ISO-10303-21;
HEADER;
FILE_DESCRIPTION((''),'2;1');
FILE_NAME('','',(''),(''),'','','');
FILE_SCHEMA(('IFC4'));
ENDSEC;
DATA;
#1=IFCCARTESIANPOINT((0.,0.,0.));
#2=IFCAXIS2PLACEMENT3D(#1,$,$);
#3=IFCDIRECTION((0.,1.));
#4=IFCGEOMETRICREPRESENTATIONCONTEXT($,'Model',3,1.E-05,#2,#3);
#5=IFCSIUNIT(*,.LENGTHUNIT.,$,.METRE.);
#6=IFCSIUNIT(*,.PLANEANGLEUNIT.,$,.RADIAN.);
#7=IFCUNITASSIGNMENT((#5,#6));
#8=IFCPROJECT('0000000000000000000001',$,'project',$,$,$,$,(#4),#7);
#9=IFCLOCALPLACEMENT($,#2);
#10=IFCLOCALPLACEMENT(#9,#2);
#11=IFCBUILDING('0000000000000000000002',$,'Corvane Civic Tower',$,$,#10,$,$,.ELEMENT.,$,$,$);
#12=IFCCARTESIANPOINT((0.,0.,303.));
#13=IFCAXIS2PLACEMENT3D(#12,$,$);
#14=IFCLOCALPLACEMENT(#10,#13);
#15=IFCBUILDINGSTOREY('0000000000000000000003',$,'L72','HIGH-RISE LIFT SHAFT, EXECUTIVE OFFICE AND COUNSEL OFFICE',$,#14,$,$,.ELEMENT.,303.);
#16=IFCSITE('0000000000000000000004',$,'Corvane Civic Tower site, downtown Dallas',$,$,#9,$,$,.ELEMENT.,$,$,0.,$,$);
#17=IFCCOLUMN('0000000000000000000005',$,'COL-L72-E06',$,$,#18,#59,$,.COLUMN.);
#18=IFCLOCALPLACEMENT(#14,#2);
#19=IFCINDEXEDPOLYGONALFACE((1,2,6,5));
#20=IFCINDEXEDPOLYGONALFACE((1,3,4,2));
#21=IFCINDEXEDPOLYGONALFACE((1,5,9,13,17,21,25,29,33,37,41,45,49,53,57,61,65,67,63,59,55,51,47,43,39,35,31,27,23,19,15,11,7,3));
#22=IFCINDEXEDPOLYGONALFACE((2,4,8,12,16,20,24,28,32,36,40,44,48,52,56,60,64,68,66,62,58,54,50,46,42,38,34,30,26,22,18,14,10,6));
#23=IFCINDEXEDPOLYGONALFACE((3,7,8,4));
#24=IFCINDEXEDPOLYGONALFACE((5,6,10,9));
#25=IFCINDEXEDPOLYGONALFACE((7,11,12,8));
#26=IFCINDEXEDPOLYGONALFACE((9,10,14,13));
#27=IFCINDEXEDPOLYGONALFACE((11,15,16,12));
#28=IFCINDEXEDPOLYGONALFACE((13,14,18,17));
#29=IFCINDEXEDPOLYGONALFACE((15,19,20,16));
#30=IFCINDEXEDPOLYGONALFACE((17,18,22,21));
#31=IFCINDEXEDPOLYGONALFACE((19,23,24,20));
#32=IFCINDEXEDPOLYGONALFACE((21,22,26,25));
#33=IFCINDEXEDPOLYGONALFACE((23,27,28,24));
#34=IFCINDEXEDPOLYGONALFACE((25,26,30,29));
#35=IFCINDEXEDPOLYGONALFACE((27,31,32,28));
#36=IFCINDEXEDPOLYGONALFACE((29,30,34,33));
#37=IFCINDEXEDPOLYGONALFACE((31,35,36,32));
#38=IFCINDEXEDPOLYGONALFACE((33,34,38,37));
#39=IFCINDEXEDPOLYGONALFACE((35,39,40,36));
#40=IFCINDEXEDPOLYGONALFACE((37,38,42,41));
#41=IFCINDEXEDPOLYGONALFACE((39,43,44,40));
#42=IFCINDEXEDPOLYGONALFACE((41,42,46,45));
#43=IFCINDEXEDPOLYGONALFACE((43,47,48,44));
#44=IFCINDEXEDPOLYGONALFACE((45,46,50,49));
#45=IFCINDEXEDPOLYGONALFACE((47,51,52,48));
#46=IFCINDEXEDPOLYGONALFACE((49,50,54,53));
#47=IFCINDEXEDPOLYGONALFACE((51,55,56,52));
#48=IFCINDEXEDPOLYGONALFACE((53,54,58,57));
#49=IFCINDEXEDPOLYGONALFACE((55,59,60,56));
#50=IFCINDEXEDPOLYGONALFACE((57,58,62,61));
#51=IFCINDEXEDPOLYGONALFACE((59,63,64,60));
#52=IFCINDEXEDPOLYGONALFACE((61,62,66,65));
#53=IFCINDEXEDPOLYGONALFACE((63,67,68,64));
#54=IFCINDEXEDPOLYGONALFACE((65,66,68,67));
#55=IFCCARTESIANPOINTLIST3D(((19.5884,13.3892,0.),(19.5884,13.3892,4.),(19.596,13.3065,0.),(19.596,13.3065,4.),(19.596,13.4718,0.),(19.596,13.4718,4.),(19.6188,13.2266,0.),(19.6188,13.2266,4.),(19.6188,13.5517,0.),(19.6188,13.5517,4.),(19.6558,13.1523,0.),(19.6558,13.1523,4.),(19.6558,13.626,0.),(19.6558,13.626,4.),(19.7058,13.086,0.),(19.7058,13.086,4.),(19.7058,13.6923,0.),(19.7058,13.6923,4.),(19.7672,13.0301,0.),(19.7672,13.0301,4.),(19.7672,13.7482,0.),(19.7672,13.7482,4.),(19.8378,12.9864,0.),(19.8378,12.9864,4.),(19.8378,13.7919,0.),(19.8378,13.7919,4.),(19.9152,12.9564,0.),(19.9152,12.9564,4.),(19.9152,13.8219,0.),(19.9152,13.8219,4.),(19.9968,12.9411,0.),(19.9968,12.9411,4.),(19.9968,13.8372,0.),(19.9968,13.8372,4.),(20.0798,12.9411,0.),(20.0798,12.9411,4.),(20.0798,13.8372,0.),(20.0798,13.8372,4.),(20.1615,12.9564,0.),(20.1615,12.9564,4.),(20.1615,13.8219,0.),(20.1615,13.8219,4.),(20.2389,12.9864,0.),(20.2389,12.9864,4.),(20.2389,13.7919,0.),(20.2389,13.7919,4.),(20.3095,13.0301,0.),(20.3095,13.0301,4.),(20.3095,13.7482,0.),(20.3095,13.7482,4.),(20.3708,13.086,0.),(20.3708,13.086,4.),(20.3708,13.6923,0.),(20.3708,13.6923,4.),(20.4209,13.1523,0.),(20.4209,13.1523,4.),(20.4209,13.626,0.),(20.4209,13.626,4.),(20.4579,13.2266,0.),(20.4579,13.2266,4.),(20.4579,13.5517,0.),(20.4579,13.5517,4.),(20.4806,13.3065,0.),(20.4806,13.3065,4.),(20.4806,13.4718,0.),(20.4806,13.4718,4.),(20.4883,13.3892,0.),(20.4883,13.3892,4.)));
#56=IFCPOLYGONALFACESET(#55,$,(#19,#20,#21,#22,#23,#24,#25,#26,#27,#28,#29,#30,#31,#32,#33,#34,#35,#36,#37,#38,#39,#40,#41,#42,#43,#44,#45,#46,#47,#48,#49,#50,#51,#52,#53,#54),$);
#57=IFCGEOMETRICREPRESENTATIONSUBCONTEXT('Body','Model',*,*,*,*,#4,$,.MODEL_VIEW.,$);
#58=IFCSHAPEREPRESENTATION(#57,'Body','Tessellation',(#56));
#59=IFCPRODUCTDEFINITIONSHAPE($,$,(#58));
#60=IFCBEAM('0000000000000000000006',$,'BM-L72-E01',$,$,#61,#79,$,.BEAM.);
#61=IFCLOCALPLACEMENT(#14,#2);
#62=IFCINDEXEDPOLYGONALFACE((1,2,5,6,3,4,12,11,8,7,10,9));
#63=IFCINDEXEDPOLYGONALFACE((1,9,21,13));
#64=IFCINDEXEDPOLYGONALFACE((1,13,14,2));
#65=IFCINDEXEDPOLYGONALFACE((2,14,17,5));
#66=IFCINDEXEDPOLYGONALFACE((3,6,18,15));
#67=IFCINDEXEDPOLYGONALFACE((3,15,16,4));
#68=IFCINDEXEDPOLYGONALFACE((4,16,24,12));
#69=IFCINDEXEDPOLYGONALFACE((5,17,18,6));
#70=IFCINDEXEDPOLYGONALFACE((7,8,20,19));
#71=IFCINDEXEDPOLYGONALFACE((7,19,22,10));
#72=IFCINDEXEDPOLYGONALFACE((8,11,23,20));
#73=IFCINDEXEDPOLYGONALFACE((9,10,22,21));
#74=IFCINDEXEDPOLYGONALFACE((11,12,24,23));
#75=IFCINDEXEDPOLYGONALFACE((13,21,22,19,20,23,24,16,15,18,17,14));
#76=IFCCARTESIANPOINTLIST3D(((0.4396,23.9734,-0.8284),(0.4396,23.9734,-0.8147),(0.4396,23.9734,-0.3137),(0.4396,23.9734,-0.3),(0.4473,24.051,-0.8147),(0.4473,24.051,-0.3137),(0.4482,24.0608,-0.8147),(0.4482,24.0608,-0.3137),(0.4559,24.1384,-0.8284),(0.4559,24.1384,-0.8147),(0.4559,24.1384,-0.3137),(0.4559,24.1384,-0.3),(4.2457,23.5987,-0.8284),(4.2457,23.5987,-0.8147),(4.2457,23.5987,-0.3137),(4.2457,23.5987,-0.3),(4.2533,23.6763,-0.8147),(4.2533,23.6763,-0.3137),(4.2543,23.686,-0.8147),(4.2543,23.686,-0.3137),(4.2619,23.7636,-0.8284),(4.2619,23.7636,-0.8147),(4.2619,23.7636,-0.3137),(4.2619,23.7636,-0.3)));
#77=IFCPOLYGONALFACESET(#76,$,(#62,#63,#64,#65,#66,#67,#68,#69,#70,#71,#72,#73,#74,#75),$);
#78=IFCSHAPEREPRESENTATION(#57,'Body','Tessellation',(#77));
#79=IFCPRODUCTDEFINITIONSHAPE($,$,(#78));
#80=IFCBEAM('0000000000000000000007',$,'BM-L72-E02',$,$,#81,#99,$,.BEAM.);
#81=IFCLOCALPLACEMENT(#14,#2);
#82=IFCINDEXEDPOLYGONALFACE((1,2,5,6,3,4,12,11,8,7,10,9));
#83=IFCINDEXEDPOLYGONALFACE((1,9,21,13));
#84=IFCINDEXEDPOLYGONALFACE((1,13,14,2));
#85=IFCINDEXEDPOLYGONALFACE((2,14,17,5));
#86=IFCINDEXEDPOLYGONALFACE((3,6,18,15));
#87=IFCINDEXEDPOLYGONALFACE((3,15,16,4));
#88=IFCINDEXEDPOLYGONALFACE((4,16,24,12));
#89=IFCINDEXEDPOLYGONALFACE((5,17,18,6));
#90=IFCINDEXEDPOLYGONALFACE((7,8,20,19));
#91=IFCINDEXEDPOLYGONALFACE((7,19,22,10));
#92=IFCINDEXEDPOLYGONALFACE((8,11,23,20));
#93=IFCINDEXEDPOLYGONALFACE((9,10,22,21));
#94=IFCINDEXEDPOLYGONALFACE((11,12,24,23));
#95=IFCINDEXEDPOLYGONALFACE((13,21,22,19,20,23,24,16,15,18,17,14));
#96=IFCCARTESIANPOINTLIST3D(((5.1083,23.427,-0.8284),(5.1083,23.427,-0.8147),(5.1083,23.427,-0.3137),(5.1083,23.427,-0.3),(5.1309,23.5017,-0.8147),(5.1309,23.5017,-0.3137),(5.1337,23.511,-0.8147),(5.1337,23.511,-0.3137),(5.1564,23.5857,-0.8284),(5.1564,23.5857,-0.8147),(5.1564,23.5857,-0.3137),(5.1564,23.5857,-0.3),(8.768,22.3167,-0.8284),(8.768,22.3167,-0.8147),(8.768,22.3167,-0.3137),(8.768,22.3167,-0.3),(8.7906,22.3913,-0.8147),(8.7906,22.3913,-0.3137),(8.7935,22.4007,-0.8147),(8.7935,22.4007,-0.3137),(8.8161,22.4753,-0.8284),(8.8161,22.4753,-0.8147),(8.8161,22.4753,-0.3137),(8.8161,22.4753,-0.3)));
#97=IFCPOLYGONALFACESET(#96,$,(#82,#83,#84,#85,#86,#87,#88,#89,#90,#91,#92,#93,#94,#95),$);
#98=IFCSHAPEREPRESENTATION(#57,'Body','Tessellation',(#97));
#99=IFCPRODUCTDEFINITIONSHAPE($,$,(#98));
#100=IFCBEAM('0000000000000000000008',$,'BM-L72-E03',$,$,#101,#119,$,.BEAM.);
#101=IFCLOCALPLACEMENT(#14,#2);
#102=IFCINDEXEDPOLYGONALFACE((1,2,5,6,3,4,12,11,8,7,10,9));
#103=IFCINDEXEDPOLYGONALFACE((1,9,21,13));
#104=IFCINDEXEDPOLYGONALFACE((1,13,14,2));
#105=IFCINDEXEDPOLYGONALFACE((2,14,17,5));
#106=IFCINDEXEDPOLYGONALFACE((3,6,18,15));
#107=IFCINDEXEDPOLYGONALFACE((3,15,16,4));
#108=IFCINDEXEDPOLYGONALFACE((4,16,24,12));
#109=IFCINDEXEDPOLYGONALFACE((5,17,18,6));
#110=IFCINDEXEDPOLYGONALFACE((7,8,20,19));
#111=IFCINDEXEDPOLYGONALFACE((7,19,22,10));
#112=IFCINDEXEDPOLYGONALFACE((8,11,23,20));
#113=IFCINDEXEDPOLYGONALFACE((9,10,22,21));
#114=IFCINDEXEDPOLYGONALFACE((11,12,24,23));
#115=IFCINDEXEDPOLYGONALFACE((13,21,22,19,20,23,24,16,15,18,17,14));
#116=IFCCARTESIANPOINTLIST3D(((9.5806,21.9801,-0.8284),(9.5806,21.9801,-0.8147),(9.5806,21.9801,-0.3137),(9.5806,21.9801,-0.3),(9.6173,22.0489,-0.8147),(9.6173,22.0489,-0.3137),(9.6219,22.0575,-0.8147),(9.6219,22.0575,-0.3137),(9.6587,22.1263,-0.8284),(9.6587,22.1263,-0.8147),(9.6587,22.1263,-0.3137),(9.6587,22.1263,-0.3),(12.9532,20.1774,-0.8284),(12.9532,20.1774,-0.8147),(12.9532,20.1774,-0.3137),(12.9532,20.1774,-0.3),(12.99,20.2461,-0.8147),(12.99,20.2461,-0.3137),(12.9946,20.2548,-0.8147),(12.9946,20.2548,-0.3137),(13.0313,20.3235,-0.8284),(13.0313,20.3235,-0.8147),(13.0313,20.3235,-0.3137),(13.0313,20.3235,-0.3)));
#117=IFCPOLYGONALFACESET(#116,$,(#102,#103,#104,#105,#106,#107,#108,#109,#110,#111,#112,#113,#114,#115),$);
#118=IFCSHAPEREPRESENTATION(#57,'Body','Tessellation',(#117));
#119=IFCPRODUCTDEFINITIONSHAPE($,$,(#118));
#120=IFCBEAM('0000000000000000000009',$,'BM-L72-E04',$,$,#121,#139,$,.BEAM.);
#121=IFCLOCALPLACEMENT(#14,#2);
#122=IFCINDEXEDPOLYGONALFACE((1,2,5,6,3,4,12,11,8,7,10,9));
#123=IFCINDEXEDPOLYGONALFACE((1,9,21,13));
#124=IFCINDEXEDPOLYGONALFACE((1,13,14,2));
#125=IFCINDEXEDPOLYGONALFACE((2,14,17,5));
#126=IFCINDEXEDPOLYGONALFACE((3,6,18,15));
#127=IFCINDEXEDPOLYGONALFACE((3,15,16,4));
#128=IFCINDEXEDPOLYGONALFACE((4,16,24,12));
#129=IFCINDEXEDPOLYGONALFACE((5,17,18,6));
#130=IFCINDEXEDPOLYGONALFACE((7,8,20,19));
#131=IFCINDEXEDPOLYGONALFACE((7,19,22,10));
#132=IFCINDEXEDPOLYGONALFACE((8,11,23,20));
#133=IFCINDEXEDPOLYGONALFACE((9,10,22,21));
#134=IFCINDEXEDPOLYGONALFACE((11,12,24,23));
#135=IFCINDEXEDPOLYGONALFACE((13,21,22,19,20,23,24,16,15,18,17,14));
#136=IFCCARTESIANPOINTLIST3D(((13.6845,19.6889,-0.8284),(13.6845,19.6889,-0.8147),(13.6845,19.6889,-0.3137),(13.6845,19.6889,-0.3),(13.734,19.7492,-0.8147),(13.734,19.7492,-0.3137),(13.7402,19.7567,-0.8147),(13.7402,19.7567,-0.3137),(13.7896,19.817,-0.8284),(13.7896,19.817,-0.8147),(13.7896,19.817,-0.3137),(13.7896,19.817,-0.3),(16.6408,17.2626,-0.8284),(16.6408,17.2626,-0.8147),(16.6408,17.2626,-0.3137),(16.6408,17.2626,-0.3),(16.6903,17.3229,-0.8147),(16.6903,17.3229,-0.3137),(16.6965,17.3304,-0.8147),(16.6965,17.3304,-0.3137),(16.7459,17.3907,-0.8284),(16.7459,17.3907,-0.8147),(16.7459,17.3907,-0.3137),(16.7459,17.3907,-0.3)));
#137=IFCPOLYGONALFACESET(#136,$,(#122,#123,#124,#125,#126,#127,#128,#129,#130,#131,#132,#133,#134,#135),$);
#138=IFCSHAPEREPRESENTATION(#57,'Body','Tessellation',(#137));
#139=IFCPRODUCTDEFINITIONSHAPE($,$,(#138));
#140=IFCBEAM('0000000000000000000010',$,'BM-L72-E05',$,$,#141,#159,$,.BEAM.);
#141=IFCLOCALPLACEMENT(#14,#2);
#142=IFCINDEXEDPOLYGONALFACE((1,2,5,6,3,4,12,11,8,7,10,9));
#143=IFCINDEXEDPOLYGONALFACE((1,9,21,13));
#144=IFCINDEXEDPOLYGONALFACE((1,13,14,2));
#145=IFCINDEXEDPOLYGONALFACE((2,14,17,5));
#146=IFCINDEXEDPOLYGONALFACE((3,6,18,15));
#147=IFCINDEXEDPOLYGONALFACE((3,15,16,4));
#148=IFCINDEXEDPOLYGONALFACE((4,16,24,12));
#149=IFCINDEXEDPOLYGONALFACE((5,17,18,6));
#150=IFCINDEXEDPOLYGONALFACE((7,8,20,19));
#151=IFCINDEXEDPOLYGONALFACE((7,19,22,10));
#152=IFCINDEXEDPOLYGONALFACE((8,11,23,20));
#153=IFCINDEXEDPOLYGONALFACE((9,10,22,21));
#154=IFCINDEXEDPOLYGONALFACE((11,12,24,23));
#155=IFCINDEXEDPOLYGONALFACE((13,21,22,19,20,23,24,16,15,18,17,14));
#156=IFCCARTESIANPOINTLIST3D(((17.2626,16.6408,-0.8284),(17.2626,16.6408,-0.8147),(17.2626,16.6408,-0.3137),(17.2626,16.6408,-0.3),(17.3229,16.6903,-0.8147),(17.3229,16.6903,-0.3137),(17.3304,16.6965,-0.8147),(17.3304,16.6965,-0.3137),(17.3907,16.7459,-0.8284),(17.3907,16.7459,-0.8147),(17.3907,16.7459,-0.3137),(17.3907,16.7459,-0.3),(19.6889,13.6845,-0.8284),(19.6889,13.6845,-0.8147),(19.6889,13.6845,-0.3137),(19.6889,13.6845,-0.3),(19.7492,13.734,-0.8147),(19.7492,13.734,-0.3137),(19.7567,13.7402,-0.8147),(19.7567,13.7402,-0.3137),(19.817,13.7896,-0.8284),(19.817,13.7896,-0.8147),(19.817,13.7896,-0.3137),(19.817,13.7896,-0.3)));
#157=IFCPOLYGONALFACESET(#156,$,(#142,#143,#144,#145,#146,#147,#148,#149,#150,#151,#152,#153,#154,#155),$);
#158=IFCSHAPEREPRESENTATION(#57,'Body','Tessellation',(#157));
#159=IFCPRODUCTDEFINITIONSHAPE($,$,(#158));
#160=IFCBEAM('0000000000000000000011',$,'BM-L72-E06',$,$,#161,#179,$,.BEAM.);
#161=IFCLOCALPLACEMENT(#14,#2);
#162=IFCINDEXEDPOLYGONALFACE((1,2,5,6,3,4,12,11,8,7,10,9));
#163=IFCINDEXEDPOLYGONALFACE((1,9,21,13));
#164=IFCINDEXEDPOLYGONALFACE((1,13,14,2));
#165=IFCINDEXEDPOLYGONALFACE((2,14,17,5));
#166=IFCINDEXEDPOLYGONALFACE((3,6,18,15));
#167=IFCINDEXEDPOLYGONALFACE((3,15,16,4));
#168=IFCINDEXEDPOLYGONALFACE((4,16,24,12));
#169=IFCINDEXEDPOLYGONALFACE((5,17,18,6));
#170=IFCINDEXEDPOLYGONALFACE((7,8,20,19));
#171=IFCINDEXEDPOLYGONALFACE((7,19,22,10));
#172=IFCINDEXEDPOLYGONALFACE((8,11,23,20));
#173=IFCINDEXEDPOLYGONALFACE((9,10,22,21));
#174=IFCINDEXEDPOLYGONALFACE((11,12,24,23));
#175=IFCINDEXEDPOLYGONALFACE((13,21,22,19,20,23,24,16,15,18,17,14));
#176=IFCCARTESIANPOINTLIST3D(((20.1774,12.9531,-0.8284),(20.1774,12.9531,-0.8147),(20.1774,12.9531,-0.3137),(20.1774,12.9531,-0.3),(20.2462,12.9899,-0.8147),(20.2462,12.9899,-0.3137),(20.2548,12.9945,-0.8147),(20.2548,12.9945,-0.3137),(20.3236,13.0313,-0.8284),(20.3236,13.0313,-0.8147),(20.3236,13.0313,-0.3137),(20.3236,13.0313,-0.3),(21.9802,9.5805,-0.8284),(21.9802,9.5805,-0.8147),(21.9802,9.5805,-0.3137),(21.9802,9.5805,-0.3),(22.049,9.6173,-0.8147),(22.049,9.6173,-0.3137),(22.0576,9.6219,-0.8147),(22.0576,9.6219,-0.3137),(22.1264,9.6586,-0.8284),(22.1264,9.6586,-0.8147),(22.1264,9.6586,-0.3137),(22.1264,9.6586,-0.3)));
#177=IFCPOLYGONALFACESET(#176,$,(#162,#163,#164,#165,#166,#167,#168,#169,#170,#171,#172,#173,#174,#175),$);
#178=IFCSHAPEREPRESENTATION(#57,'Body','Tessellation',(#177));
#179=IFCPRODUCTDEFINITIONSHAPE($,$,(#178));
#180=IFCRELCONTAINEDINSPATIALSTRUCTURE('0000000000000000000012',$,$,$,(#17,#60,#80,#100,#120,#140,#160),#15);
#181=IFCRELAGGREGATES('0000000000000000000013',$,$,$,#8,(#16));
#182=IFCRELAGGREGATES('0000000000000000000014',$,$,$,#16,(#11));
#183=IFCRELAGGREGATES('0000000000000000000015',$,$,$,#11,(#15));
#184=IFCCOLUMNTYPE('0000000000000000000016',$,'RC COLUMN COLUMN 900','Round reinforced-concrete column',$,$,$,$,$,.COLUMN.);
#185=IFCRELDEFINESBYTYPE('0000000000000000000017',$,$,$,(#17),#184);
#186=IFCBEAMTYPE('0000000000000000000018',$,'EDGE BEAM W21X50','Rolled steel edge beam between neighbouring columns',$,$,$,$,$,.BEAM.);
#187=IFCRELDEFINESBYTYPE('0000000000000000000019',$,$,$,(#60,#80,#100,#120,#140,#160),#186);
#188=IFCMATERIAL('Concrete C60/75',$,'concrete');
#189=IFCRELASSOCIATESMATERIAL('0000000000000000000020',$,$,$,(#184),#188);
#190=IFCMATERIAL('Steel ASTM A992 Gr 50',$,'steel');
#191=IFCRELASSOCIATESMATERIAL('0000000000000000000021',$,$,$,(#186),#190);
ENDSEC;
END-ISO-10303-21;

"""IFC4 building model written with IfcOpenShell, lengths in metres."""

from ifc_helpers import new_model, si_unit, direction, frame, origin, origin_2d, place, context, subcontext, project, spatial, circle, i_section, extrude, material, material_profile, profile_set, type_object, element, save


model = new_model("IFC4")

# Units and contexts
model_context = context("Model", 3, precision=1e-05, world=origin(), true_north=direction((0.0, 1.0)))
body_context = subcontext(model_context, "Body", "Model", "MODEL_VIEW")
ifc_project = project(units=[si_unit("LENGTHUNIT", "METRE"), si_unit("PLANEANGLEUNIT", "RADIAN")], contexts=[model_context])

# Site, building, storey
site_placement = place(None, origin())
site = spatial("IfcSite", under=ifc_project, at=site_placement, Name="Corvane Civic Tower site, downtown Dallas", CompositionType="ELEMENT", RefElevation=0.0)
building_placement = place(site_placement, origin())
building = spatial("IfcBuilding", under=site, at=building_placement, Name="Corvane Civic Tower", CompositionType="ELEMENT")
storey_placement = place(building_placement, frame((0.0, 0.0, 303.0)))
storey = spatial("IfcBuildingStorey", under=building, at=storey_placement, Name="L72", Description="HIGH-RISE LIFT SHAFT, EXECUTIVE OFFICE AND COUNSEL OFFICE", CompositionType="ELEMENT", Elevation=303.0)

# Column
ifc_material_1 = material(Name="Concrete C60/75", Category="concrete")
ifc_material_profile_1 = material_profile(ifc_material_1, circle(Radius=0.45, at=origin_2d()), Name="COLUMN 900")
ifc_profile_set_1 = profile_set([ifc_material_profile_1], Name="Concrete C60/75")
column_type = type_object("IfcColumnType", Name="RC COLUMN COLUMN 900", Description="Round reinforced-concrete column", PredefinedType="COLUMN", material=ifc_profile_set_1)
for number, where, z_axis, x_axis, name in (
    (1, (20.0383, 13.3892, 0.0), (0.0, 0.0, 1.0), (1.0, 0.0, 0.0), "COL-L72-E06"),
):
    element("IfcColumn", number, at=place(storey_placement, frame(where, z_axis=z_axis, x_axis=x_axis)), inside=storey, type_object=column_type, Name=name, PredefinedType="COLUMN", context=body_context, shape_type="SweptSolid", body=[
        extrude(circle(Radius=0.45, at=origin_2d()), origin(), (0.0, 0.0, 1.0), 4.0),
    ])

# Beams
ifc_material_2 = material(Name="Steel ASTM A992 Gr 50", Category="steel")
ifc_material_profile_2 = material_profile(ifc_material_2, i_section(OverallWidth=0.1658, OverallDepth=0.5283, WebThickness=0.0098, FlangeThickness=0.0137, at=origin_2d()), Name="W21X50")
ifc_profile_set_2 = profile_set([ifc_material_profile_2], Name="Steel ASTM A992 Gr 50")
beam_type_1 = type_object("IfcBeamType", Name="EDGE BEAM W21X50", Description="Rolled steel edge beam between neighbouring columns", PredefinedType="BEAM", material=ifc_profile_set_2)
for number, where, z_axis, x_axis, name in (
    (2, (0.4478, 24.0559, -0.5642), (0.995188, -0.097987, 0.0), (0.097987, 0.995188, 0.0), "BM-L72-E01"),
    (3, (5.1323, 23.5063, -0.5642), (0.956926, -0.290333, 0.0), (0.290333, 0.956926, 0.0), "BM-L72-E02"),
):
    element("IfcBeam", number, at=place(storey_placement, frame(where, z_axis=z_axis, x_axis=x_axis)), inside=storey, type_object=beam_type_1, Name=name, PredefinedType="BEAM", context=body_context, shape_type="SweptSolid", body=[
        extrude(i_section(OverallWidth=0.1658, OverallDepth=0.5283, WebThickness=0.0098, FlangeThickness=0.0137, at=origin_2d()), origin(), (0.0, 0.0, 1.0), 3.8245),
    ])
beam_1_placement = place(storey_placement, frame((9.6196, 22.0532, -0.5642), z_axis=(0.881914, -0.47141, 0.0), x_axis=(0.47141, 0.881914, 0.0)))
element("IfcBeam", 4, at=beam_1_placement, inside=storey, type_object=beam_type_1, Name="BM-L72-E03", PredefinedType="BEAM", context=body_context, shape_type="SweptSolid", body=[
    extrude(i_section(OverallWidth=0.1658, OverallDepth=0.5283, WebThickness=0.0098, FlangeThickness=0.0137, at=origin_2d()), origin(), (0.0, 0.0, 1.0), 3.8242),
])
for number, where, z_axis, x_axis, name in (
    (5, (13.7371, 19.7529, -0.5642), (0.772998, -0.634409, 0.0), (0.634409, 0.772998, 0.0), "BM-L72-E04"),
    (6, (17.3267, 16.6934, -0.5642), (0.634409, -0.772998, 0.0), (0.772998, 0.634409, 0.0), "BM-L72-E05"),
):
    element("IfcBeam", number, at=place(storey_placement, frame(where, z_axis=z_axis, x_axis=x_axis)), inside=storey, type_object=beam_type_1, Name=name, PredefinedType="BEAM", context=body_context, shape_type="SweptSolid", body=[
        extrude(i_section(OverallWidth=0.1658, OverallDepth=0.5283, WebThickness=0.0098, FlangeThickness=0.0137, at=origin_2d()), origin(), (0.0, 0.0, 1.0), 3.8245),
    ])
beam_2_placement = place(storey_placement, frame((20.2505, 12.9922, -0.5642), z_axis=(0.47141, -0.881914, 0.0), x_axis=(0.881914, 0.47141, 0.0)))
element("IfcBeam", 7, at=beam_2_placement, inside=storey, type_object=beam_type_1, Name="BM-L72-E06", PredefinedType="BEAM", context=body_context, shape_type="SweptSolid", body=[
    extrude(i_section(OverallWidth=0.1658, OverallDepth=0.5283, WebThickness=0.0098, FlangeThickness=0.0137, at=origin_2d()), origin(), (0.0, 0.0, 1.0), 3.8242),
])

save(model, "model.ifc")
